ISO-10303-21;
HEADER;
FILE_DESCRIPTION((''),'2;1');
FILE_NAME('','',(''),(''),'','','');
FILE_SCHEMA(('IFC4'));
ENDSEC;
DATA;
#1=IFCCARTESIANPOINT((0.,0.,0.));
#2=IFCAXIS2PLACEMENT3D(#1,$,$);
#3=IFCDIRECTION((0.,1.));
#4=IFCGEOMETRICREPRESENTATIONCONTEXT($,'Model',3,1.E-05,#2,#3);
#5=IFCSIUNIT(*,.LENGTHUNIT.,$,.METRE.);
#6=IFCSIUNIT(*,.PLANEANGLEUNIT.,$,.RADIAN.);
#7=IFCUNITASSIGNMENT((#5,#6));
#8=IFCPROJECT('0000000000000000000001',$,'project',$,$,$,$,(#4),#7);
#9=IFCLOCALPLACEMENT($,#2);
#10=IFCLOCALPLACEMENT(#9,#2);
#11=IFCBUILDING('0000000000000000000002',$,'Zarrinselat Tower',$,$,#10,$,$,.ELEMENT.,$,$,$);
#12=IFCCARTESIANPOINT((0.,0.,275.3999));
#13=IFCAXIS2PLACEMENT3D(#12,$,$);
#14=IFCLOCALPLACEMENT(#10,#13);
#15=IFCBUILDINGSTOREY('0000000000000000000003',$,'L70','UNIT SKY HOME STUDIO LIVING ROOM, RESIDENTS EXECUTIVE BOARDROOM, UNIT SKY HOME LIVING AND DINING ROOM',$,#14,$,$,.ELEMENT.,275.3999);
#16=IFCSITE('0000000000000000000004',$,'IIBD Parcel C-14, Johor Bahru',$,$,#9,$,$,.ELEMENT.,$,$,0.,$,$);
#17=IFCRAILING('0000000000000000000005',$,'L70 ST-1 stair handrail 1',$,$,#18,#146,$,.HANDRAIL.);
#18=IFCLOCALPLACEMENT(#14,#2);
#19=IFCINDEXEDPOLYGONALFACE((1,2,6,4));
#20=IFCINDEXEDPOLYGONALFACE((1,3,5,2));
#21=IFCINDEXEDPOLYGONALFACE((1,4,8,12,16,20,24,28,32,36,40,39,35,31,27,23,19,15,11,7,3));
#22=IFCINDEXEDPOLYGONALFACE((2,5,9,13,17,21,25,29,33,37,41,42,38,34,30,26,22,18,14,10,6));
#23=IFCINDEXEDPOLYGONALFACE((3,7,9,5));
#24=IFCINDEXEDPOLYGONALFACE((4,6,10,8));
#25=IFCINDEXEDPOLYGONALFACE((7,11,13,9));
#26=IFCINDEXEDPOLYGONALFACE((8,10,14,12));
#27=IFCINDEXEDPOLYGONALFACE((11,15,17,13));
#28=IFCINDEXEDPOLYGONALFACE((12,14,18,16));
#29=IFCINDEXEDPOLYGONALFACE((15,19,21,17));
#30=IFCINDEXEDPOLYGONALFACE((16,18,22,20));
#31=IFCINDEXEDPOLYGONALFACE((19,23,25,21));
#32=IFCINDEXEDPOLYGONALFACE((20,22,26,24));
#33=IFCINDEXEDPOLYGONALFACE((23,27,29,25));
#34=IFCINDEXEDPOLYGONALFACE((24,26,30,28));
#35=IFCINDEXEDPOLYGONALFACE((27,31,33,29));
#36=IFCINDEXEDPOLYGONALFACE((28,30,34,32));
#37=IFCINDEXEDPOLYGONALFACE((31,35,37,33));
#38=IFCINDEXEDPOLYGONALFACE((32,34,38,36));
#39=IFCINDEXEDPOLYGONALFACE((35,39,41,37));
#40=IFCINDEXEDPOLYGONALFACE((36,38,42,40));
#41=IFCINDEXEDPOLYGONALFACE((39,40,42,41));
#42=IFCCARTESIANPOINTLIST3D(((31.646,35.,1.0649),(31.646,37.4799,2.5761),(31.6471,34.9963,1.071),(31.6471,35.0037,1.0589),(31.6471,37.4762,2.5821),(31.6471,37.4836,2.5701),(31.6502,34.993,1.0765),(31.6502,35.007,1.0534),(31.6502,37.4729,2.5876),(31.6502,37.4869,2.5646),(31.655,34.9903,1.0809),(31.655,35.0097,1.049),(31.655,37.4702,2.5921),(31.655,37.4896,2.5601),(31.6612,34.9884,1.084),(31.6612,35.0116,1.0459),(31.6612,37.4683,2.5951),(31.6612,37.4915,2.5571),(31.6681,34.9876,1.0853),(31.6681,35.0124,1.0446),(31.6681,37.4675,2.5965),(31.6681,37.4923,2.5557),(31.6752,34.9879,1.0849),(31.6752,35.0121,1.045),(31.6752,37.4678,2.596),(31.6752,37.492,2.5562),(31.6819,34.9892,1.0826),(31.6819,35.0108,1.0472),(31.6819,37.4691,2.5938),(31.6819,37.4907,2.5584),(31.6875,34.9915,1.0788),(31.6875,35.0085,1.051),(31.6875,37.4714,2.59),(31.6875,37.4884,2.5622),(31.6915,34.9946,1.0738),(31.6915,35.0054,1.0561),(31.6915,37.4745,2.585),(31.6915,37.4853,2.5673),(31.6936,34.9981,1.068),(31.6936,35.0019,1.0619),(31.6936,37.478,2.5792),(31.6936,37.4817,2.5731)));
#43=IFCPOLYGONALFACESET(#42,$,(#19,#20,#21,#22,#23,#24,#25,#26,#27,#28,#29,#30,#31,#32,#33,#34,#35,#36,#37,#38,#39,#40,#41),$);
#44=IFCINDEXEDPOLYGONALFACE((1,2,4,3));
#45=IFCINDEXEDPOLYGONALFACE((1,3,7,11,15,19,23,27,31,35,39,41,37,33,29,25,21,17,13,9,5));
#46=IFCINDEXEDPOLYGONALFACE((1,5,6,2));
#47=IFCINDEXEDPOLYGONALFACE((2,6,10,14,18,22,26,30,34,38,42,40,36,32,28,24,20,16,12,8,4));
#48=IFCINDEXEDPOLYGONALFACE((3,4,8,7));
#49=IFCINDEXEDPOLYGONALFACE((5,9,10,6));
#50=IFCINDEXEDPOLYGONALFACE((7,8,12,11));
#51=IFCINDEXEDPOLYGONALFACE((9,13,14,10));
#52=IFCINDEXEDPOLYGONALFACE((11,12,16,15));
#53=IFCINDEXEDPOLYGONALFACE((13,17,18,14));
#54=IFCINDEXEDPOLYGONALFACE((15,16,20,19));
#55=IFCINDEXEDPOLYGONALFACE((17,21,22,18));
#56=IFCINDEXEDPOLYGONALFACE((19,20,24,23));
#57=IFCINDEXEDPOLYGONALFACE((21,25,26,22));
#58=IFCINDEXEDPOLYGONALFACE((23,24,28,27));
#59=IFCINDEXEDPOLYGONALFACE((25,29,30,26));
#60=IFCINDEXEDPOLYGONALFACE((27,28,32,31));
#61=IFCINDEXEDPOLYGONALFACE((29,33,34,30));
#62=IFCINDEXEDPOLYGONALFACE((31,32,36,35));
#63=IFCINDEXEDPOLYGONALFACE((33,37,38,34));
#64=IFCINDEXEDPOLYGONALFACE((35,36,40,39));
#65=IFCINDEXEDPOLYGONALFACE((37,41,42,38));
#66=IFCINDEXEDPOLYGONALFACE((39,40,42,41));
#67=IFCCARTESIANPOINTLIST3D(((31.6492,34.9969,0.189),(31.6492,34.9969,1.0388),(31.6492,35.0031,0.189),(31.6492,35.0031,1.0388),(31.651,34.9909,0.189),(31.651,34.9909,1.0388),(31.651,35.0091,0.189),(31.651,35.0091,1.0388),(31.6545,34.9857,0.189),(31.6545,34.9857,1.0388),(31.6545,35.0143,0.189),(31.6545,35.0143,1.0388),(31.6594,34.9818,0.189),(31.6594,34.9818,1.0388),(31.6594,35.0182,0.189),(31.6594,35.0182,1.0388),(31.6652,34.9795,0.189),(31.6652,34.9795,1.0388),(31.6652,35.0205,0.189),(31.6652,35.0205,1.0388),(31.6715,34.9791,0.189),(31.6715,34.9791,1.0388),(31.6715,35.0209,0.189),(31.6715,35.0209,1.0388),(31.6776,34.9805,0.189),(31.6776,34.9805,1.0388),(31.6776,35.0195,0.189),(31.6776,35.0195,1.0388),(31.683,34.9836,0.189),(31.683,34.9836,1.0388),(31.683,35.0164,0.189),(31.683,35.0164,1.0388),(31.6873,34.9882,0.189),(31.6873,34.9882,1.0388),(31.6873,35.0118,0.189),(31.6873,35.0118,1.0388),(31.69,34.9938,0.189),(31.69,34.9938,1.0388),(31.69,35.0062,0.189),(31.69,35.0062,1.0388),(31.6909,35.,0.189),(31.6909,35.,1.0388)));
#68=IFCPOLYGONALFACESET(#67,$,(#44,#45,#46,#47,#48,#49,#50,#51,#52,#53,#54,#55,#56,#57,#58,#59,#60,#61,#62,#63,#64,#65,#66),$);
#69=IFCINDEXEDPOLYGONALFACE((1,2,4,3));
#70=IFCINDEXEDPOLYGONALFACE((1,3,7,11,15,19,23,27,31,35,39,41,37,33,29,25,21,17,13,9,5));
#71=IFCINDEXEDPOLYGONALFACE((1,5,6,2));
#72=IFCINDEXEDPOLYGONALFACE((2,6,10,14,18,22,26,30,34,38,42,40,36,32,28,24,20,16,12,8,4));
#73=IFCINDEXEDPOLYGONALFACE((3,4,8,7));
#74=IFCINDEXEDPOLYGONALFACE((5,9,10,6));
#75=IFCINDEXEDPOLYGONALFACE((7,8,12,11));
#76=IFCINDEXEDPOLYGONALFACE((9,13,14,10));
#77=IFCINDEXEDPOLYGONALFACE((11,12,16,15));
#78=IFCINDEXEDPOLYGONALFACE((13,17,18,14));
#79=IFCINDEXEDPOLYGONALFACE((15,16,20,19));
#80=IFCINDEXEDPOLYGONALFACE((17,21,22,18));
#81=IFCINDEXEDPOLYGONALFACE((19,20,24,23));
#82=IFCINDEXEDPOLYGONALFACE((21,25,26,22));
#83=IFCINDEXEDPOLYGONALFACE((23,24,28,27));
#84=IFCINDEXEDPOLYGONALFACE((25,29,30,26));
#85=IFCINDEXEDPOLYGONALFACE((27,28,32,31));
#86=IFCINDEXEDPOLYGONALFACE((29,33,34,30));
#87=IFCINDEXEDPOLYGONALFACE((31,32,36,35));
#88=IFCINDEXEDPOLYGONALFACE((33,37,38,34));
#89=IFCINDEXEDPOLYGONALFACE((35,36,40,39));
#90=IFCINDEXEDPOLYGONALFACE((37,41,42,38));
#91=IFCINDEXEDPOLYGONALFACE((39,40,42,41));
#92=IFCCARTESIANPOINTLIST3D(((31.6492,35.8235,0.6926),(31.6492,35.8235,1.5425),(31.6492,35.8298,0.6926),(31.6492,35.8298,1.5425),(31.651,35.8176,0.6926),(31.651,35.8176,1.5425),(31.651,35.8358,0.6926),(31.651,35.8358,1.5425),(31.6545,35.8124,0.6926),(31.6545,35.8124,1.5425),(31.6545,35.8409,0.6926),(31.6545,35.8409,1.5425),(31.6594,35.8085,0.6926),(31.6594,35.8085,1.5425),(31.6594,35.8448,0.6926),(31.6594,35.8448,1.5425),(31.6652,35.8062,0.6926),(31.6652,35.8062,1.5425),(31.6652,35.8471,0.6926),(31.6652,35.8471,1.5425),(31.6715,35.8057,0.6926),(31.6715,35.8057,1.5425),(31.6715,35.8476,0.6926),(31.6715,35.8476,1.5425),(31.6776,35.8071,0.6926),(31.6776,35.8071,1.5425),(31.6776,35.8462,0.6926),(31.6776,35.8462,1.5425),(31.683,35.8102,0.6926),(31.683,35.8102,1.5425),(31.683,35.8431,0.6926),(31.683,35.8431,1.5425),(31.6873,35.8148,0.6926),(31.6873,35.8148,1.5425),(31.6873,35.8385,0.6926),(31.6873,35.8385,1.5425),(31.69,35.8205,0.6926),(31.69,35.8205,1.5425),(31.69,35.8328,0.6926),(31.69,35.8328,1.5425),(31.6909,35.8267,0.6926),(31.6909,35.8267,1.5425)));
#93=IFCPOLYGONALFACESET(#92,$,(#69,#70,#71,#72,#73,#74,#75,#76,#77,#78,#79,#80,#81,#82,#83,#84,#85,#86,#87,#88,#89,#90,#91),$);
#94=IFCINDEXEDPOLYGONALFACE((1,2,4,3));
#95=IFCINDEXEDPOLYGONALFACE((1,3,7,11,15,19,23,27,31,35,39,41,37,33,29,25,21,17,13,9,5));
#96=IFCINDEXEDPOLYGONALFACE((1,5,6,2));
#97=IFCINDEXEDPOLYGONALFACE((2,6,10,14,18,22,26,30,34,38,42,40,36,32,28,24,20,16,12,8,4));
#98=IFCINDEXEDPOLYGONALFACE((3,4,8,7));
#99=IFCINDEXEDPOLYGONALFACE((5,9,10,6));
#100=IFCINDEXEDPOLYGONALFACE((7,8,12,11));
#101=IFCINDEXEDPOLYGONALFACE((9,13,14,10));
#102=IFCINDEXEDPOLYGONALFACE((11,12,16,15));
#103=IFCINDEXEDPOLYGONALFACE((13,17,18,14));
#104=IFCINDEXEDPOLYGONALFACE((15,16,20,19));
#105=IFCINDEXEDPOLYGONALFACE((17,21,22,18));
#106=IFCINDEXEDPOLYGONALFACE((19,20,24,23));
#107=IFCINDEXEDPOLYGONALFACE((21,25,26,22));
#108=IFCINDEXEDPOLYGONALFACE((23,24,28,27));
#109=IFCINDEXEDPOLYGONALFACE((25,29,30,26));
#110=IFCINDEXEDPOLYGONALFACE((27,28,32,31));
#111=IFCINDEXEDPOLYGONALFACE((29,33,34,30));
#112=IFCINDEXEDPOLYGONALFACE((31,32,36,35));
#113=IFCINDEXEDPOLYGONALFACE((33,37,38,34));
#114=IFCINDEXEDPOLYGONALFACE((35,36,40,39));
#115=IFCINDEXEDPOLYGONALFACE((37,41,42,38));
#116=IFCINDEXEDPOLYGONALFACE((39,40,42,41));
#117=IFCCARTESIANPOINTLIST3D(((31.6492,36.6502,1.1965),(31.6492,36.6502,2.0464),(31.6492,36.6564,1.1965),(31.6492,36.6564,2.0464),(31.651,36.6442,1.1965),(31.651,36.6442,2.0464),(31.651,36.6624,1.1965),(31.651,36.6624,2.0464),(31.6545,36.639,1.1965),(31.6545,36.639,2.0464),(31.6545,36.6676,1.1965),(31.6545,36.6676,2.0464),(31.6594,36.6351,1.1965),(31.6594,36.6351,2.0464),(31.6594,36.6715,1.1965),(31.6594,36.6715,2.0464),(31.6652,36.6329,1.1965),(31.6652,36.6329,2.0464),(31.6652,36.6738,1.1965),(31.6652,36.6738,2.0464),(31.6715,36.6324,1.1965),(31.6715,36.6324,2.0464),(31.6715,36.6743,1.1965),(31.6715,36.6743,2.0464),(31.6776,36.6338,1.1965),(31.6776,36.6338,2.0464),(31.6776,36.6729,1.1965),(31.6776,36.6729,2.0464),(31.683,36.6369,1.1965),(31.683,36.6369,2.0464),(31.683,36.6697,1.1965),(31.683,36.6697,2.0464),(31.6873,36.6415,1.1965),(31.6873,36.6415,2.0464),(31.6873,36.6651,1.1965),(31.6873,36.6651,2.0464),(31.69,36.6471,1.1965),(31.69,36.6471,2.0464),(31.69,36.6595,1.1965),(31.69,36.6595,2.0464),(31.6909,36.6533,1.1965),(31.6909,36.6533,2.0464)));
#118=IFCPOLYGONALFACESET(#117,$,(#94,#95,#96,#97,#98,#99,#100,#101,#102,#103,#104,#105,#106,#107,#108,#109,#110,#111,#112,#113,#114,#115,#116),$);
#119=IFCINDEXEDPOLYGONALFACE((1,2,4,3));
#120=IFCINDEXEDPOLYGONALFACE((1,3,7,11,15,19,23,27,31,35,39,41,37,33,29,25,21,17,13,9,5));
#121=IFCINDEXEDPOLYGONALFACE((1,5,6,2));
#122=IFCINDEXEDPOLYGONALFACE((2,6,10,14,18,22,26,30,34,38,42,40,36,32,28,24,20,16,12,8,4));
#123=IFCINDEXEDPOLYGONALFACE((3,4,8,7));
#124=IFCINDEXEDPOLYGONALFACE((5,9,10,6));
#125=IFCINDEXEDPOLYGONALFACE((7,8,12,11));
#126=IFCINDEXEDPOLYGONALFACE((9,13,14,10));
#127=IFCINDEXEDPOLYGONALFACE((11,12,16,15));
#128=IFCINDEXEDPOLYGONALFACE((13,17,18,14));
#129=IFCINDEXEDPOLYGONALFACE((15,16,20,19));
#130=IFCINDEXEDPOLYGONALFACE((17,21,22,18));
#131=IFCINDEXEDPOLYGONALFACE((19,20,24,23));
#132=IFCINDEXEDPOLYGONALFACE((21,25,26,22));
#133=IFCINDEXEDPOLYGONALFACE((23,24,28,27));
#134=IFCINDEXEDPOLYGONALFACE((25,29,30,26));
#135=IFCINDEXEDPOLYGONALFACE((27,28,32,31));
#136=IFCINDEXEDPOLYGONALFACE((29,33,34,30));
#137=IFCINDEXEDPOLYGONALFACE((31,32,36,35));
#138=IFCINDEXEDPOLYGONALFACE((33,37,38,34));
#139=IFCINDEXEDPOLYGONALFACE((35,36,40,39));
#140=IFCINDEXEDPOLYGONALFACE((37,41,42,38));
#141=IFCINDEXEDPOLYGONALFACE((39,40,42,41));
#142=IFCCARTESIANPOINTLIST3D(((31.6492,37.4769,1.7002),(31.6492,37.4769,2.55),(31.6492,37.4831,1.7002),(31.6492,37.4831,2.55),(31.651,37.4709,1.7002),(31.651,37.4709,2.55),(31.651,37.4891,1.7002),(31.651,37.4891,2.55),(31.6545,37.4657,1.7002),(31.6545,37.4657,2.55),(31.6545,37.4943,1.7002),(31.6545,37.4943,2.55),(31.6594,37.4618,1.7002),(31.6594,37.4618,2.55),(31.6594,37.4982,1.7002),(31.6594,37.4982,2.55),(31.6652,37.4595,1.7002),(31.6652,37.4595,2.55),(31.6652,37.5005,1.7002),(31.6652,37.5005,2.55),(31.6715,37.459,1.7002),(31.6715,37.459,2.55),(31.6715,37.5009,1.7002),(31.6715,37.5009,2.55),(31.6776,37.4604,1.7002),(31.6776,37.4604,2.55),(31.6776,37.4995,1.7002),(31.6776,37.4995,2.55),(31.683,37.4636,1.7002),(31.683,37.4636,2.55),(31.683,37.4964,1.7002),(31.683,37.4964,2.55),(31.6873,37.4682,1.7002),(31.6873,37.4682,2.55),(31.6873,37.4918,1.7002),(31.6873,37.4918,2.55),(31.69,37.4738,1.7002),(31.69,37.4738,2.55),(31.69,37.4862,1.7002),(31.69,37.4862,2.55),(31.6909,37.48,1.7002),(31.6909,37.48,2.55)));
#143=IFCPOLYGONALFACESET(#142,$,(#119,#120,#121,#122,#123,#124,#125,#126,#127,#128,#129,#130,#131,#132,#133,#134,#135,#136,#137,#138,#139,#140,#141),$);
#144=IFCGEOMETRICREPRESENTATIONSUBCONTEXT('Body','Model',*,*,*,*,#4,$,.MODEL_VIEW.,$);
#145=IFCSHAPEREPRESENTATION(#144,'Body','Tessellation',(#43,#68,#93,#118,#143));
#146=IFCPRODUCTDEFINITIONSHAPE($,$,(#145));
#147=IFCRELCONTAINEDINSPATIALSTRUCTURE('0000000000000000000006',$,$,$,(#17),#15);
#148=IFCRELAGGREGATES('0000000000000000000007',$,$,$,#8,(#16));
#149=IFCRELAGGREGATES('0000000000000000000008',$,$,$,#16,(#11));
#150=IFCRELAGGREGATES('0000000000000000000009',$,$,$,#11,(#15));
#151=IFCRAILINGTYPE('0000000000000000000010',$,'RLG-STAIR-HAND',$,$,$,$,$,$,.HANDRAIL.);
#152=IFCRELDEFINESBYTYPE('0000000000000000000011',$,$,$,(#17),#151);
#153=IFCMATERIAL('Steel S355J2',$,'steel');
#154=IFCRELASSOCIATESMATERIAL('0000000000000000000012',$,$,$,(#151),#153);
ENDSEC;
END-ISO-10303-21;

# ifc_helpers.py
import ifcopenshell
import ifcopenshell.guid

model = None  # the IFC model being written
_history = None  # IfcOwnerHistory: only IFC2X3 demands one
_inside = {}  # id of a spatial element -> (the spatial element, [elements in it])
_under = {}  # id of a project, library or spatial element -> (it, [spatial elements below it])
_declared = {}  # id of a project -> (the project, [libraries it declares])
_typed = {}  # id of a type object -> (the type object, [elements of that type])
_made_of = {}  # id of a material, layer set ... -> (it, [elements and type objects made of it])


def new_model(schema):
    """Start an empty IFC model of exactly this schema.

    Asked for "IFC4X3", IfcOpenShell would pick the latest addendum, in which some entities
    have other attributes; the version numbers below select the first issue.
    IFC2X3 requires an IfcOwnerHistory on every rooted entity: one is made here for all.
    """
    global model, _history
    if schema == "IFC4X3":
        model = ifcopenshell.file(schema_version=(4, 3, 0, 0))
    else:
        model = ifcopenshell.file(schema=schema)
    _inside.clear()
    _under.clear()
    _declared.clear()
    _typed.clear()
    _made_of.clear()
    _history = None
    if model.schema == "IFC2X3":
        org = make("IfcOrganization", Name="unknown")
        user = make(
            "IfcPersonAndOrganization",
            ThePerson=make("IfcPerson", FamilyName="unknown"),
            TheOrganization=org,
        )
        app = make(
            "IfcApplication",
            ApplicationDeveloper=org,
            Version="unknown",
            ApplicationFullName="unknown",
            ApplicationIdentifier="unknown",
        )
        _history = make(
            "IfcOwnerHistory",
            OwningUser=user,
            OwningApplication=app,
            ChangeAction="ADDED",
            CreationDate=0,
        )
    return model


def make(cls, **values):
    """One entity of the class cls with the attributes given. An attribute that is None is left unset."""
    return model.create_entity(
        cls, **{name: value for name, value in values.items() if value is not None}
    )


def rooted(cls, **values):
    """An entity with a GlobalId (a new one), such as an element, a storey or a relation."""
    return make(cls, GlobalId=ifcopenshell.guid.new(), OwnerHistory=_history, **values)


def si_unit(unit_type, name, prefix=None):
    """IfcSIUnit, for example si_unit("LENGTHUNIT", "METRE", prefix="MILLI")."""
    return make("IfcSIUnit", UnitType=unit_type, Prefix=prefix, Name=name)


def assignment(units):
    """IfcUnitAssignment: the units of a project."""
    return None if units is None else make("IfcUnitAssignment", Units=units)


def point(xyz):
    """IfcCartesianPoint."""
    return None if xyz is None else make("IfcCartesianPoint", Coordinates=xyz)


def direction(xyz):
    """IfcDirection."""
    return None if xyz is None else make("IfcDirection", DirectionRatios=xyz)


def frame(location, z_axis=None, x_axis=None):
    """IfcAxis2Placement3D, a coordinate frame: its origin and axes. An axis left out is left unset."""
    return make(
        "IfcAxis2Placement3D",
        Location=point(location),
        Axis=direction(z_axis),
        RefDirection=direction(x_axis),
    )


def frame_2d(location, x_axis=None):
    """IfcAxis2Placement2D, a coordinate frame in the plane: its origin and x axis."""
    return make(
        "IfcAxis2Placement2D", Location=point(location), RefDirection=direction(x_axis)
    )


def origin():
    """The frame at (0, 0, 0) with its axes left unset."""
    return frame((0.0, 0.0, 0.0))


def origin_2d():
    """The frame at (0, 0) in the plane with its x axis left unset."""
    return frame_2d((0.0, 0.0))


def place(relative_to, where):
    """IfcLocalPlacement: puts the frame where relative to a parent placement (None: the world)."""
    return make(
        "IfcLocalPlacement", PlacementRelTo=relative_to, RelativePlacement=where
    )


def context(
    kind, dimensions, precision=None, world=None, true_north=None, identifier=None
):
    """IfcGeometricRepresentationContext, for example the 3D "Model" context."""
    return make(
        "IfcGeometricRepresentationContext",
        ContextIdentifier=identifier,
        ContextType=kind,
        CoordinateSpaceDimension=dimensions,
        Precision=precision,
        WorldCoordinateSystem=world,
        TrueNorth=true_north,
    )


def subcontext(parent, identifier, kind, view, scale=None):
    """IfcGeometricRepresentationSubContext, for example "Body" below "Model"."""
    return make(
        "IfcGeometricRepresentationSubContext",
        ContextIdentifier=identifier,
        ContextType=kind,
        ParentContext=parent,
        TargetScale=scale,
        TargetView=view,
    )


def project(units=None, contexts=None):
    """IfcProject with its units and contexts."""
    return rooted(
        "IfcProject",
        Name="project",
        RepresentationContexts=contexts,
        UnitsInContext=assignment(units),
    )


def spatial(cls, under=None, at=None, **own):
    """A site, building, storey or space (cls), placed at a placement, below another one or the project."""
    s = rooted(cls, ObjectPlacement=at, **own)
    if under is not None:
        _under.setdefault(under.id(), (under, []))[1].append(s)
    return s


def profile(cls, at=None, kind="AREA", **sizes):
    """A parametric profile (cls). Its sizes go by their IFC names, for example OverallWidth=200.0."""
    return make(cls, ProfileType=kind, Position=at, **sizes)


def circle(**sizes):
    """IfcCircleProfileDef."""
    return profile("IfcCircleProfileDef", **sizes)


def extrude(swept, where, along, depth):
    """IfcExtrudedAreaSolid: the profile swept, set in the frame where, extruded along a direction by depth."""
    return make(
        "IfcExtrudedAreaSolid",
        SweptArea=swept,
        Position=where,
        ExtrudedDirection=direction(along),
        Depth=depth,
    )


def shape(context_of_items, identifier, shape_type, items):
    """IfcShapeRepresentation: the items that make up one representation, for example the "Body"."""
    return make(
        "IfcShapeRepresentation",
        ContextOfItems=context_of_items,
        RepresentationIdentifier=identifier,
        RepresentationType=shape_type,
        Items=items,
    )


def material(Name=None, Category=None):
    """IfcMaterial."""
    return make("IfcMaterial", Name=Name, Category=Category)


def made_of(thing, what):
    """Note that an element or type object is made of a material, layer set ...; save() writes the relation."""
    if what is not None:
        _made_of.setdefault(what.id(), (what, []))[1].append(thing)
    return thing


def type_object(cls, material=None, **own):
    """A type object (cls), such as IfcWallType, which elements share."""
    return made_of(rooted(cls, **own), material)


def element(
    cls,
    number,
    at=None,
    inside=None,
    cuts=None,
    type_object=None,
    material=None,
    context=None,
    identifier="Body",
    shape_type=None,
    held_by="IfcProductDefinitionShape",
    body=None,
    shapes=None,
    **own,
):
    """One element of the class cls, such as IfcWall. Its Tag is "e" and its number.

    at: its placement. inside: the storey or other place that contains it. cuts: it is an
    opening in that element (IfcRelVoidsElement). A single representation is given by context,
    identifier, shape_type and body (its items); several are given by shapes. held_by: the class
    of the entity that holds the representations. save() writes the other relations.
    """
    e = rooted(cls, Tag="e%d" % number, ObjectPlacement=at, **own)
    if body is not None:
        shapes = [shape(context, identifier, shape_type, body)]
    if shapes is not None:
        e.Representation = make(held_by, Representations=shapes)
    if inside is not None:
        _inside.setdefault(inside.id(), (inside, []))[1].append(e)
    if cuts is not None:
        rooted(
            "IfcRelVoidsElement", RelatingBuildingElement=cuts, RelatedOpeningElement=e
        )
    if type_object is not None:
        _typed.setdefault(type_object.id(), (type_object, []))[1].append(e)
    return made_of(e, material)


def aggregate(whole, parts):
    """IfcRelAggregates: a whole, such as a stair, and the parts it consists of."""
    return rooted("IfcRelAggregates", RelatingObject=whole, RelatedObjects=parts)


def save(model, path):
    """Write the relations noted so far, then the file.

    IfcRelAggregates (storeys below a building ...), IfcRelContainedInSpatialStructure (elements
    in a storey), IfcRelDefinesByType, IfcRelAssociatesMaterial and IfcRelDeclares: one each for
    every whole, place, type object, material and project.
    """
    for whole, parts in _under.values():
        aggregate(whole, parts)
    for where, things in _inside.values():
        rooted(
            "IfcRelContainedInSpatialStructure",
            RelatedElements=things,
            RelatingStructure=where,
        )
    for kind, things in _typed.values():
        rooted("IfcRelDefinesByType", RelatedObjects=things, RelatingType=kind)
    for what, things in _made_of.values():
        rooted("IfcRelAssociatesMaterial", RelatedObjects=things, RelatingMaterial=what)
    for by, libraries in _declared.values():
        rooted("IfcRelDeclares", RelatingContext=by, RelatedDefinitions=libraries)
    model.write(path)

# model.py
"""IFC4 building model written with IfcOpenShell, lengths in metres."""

from ifc_helpers import new_model, si_unit, direction, frame, origin, origin_2d, place, context, subcontext, project, spatial, circle, extrude, material, type_object, element, save


model = new_model("IFC4")

# Units and contexts
model_context = context("Model", 3, precision=1e-05, world=origin(), true_north=direction((0.0, 1.0)))
body_context = subcontext(model_context, "Body", "Model", "MODEL_VIEW")
ifc_project = project(units=[si_unit("LENGTHUNIT", "METRE"), si_unit("PLANEANGLEUNIT", "RADIAN")], contexts=[model_context])

# Site, building, storey
site_placement = place(None, origin())
site = spatial("IfcSite", under=ifc_project, at=site_placement, Name="IIBD Parcel C-14, Johor Bahru", CompositionType="ELEMENT", RefElevation=0.0)
building_placement = place(site_placement, origin())
building = spatial("IfcBuilding", under=site, at=building_placement, Name="Zarrinselat Tower", CompositionType="ELEMENT")
storey_placement = place(building_placement, frame((0.0, 0.0, 275.3999)))
storey = spatial("IfcBuildingStorey", under=building, at=storey_placement, Name="L70", Description="UNIT SKY HOME STUDIO LIVING ROOM, RESIDENTS EXECUTIVE BOARDROOM, UNIT SKY HOME LIVING AND DINING ROOM", CompositionType="ELEMENT", Elevation=275.3999)

# Railing
ifc_material_1 = material(Name="Steel S355J2", Category="steel")
railing_type_1 = type_object("IfcRailingType", Name="RLG-STAIR-HAND", PredefinedType="HANDRAIL", material=ifc_material_1)
railing_1_placement = place(storey_placement, frame((31.6699, 35.0, 0.189)))
element("IfcRailing", 1, at=railing_1_placement, inside=storey, type_object=railing_type_1, Name="L70 ST-1 stair handrail 1", PredefinedType="HANDRAIL", context=body_context, shape_type="SweptSolid", body=[
    extrude(circle(Radius=0.0239, at=origin_2d()), frame((0.0, 0.0, 0.876), z_axis=(0.0, 0.853942, 0.520368), x_axis=(-1.0, 0.0, 0.0)), (0.0, 0.0, 1.0), 2.9041),
    extrude(circle(Radius=0.021, at=origin_2d()), origin(), (0.0, 0.0, 1.0), 0.8499),
    extrude(circle(Radius=0.021, at=origin_2d()), frame((0.0, 0.8267, 0.5037)), (0.0, 0.0, 1.0), 0.8499),
    extrude(circle(Radius=0.021, at=origin_2d()), frame((0.0, 1.6533, 1.0076)), (0.0, 0.0, 1.0), 0.8499),
    extrude(circle(Radius=0.021, at=origin_2d()), frame((0.0, 2.48, 1.5112)), (0.0, 0.0, 1.0), 0.8499),
])

save(model, "model.ifc")
